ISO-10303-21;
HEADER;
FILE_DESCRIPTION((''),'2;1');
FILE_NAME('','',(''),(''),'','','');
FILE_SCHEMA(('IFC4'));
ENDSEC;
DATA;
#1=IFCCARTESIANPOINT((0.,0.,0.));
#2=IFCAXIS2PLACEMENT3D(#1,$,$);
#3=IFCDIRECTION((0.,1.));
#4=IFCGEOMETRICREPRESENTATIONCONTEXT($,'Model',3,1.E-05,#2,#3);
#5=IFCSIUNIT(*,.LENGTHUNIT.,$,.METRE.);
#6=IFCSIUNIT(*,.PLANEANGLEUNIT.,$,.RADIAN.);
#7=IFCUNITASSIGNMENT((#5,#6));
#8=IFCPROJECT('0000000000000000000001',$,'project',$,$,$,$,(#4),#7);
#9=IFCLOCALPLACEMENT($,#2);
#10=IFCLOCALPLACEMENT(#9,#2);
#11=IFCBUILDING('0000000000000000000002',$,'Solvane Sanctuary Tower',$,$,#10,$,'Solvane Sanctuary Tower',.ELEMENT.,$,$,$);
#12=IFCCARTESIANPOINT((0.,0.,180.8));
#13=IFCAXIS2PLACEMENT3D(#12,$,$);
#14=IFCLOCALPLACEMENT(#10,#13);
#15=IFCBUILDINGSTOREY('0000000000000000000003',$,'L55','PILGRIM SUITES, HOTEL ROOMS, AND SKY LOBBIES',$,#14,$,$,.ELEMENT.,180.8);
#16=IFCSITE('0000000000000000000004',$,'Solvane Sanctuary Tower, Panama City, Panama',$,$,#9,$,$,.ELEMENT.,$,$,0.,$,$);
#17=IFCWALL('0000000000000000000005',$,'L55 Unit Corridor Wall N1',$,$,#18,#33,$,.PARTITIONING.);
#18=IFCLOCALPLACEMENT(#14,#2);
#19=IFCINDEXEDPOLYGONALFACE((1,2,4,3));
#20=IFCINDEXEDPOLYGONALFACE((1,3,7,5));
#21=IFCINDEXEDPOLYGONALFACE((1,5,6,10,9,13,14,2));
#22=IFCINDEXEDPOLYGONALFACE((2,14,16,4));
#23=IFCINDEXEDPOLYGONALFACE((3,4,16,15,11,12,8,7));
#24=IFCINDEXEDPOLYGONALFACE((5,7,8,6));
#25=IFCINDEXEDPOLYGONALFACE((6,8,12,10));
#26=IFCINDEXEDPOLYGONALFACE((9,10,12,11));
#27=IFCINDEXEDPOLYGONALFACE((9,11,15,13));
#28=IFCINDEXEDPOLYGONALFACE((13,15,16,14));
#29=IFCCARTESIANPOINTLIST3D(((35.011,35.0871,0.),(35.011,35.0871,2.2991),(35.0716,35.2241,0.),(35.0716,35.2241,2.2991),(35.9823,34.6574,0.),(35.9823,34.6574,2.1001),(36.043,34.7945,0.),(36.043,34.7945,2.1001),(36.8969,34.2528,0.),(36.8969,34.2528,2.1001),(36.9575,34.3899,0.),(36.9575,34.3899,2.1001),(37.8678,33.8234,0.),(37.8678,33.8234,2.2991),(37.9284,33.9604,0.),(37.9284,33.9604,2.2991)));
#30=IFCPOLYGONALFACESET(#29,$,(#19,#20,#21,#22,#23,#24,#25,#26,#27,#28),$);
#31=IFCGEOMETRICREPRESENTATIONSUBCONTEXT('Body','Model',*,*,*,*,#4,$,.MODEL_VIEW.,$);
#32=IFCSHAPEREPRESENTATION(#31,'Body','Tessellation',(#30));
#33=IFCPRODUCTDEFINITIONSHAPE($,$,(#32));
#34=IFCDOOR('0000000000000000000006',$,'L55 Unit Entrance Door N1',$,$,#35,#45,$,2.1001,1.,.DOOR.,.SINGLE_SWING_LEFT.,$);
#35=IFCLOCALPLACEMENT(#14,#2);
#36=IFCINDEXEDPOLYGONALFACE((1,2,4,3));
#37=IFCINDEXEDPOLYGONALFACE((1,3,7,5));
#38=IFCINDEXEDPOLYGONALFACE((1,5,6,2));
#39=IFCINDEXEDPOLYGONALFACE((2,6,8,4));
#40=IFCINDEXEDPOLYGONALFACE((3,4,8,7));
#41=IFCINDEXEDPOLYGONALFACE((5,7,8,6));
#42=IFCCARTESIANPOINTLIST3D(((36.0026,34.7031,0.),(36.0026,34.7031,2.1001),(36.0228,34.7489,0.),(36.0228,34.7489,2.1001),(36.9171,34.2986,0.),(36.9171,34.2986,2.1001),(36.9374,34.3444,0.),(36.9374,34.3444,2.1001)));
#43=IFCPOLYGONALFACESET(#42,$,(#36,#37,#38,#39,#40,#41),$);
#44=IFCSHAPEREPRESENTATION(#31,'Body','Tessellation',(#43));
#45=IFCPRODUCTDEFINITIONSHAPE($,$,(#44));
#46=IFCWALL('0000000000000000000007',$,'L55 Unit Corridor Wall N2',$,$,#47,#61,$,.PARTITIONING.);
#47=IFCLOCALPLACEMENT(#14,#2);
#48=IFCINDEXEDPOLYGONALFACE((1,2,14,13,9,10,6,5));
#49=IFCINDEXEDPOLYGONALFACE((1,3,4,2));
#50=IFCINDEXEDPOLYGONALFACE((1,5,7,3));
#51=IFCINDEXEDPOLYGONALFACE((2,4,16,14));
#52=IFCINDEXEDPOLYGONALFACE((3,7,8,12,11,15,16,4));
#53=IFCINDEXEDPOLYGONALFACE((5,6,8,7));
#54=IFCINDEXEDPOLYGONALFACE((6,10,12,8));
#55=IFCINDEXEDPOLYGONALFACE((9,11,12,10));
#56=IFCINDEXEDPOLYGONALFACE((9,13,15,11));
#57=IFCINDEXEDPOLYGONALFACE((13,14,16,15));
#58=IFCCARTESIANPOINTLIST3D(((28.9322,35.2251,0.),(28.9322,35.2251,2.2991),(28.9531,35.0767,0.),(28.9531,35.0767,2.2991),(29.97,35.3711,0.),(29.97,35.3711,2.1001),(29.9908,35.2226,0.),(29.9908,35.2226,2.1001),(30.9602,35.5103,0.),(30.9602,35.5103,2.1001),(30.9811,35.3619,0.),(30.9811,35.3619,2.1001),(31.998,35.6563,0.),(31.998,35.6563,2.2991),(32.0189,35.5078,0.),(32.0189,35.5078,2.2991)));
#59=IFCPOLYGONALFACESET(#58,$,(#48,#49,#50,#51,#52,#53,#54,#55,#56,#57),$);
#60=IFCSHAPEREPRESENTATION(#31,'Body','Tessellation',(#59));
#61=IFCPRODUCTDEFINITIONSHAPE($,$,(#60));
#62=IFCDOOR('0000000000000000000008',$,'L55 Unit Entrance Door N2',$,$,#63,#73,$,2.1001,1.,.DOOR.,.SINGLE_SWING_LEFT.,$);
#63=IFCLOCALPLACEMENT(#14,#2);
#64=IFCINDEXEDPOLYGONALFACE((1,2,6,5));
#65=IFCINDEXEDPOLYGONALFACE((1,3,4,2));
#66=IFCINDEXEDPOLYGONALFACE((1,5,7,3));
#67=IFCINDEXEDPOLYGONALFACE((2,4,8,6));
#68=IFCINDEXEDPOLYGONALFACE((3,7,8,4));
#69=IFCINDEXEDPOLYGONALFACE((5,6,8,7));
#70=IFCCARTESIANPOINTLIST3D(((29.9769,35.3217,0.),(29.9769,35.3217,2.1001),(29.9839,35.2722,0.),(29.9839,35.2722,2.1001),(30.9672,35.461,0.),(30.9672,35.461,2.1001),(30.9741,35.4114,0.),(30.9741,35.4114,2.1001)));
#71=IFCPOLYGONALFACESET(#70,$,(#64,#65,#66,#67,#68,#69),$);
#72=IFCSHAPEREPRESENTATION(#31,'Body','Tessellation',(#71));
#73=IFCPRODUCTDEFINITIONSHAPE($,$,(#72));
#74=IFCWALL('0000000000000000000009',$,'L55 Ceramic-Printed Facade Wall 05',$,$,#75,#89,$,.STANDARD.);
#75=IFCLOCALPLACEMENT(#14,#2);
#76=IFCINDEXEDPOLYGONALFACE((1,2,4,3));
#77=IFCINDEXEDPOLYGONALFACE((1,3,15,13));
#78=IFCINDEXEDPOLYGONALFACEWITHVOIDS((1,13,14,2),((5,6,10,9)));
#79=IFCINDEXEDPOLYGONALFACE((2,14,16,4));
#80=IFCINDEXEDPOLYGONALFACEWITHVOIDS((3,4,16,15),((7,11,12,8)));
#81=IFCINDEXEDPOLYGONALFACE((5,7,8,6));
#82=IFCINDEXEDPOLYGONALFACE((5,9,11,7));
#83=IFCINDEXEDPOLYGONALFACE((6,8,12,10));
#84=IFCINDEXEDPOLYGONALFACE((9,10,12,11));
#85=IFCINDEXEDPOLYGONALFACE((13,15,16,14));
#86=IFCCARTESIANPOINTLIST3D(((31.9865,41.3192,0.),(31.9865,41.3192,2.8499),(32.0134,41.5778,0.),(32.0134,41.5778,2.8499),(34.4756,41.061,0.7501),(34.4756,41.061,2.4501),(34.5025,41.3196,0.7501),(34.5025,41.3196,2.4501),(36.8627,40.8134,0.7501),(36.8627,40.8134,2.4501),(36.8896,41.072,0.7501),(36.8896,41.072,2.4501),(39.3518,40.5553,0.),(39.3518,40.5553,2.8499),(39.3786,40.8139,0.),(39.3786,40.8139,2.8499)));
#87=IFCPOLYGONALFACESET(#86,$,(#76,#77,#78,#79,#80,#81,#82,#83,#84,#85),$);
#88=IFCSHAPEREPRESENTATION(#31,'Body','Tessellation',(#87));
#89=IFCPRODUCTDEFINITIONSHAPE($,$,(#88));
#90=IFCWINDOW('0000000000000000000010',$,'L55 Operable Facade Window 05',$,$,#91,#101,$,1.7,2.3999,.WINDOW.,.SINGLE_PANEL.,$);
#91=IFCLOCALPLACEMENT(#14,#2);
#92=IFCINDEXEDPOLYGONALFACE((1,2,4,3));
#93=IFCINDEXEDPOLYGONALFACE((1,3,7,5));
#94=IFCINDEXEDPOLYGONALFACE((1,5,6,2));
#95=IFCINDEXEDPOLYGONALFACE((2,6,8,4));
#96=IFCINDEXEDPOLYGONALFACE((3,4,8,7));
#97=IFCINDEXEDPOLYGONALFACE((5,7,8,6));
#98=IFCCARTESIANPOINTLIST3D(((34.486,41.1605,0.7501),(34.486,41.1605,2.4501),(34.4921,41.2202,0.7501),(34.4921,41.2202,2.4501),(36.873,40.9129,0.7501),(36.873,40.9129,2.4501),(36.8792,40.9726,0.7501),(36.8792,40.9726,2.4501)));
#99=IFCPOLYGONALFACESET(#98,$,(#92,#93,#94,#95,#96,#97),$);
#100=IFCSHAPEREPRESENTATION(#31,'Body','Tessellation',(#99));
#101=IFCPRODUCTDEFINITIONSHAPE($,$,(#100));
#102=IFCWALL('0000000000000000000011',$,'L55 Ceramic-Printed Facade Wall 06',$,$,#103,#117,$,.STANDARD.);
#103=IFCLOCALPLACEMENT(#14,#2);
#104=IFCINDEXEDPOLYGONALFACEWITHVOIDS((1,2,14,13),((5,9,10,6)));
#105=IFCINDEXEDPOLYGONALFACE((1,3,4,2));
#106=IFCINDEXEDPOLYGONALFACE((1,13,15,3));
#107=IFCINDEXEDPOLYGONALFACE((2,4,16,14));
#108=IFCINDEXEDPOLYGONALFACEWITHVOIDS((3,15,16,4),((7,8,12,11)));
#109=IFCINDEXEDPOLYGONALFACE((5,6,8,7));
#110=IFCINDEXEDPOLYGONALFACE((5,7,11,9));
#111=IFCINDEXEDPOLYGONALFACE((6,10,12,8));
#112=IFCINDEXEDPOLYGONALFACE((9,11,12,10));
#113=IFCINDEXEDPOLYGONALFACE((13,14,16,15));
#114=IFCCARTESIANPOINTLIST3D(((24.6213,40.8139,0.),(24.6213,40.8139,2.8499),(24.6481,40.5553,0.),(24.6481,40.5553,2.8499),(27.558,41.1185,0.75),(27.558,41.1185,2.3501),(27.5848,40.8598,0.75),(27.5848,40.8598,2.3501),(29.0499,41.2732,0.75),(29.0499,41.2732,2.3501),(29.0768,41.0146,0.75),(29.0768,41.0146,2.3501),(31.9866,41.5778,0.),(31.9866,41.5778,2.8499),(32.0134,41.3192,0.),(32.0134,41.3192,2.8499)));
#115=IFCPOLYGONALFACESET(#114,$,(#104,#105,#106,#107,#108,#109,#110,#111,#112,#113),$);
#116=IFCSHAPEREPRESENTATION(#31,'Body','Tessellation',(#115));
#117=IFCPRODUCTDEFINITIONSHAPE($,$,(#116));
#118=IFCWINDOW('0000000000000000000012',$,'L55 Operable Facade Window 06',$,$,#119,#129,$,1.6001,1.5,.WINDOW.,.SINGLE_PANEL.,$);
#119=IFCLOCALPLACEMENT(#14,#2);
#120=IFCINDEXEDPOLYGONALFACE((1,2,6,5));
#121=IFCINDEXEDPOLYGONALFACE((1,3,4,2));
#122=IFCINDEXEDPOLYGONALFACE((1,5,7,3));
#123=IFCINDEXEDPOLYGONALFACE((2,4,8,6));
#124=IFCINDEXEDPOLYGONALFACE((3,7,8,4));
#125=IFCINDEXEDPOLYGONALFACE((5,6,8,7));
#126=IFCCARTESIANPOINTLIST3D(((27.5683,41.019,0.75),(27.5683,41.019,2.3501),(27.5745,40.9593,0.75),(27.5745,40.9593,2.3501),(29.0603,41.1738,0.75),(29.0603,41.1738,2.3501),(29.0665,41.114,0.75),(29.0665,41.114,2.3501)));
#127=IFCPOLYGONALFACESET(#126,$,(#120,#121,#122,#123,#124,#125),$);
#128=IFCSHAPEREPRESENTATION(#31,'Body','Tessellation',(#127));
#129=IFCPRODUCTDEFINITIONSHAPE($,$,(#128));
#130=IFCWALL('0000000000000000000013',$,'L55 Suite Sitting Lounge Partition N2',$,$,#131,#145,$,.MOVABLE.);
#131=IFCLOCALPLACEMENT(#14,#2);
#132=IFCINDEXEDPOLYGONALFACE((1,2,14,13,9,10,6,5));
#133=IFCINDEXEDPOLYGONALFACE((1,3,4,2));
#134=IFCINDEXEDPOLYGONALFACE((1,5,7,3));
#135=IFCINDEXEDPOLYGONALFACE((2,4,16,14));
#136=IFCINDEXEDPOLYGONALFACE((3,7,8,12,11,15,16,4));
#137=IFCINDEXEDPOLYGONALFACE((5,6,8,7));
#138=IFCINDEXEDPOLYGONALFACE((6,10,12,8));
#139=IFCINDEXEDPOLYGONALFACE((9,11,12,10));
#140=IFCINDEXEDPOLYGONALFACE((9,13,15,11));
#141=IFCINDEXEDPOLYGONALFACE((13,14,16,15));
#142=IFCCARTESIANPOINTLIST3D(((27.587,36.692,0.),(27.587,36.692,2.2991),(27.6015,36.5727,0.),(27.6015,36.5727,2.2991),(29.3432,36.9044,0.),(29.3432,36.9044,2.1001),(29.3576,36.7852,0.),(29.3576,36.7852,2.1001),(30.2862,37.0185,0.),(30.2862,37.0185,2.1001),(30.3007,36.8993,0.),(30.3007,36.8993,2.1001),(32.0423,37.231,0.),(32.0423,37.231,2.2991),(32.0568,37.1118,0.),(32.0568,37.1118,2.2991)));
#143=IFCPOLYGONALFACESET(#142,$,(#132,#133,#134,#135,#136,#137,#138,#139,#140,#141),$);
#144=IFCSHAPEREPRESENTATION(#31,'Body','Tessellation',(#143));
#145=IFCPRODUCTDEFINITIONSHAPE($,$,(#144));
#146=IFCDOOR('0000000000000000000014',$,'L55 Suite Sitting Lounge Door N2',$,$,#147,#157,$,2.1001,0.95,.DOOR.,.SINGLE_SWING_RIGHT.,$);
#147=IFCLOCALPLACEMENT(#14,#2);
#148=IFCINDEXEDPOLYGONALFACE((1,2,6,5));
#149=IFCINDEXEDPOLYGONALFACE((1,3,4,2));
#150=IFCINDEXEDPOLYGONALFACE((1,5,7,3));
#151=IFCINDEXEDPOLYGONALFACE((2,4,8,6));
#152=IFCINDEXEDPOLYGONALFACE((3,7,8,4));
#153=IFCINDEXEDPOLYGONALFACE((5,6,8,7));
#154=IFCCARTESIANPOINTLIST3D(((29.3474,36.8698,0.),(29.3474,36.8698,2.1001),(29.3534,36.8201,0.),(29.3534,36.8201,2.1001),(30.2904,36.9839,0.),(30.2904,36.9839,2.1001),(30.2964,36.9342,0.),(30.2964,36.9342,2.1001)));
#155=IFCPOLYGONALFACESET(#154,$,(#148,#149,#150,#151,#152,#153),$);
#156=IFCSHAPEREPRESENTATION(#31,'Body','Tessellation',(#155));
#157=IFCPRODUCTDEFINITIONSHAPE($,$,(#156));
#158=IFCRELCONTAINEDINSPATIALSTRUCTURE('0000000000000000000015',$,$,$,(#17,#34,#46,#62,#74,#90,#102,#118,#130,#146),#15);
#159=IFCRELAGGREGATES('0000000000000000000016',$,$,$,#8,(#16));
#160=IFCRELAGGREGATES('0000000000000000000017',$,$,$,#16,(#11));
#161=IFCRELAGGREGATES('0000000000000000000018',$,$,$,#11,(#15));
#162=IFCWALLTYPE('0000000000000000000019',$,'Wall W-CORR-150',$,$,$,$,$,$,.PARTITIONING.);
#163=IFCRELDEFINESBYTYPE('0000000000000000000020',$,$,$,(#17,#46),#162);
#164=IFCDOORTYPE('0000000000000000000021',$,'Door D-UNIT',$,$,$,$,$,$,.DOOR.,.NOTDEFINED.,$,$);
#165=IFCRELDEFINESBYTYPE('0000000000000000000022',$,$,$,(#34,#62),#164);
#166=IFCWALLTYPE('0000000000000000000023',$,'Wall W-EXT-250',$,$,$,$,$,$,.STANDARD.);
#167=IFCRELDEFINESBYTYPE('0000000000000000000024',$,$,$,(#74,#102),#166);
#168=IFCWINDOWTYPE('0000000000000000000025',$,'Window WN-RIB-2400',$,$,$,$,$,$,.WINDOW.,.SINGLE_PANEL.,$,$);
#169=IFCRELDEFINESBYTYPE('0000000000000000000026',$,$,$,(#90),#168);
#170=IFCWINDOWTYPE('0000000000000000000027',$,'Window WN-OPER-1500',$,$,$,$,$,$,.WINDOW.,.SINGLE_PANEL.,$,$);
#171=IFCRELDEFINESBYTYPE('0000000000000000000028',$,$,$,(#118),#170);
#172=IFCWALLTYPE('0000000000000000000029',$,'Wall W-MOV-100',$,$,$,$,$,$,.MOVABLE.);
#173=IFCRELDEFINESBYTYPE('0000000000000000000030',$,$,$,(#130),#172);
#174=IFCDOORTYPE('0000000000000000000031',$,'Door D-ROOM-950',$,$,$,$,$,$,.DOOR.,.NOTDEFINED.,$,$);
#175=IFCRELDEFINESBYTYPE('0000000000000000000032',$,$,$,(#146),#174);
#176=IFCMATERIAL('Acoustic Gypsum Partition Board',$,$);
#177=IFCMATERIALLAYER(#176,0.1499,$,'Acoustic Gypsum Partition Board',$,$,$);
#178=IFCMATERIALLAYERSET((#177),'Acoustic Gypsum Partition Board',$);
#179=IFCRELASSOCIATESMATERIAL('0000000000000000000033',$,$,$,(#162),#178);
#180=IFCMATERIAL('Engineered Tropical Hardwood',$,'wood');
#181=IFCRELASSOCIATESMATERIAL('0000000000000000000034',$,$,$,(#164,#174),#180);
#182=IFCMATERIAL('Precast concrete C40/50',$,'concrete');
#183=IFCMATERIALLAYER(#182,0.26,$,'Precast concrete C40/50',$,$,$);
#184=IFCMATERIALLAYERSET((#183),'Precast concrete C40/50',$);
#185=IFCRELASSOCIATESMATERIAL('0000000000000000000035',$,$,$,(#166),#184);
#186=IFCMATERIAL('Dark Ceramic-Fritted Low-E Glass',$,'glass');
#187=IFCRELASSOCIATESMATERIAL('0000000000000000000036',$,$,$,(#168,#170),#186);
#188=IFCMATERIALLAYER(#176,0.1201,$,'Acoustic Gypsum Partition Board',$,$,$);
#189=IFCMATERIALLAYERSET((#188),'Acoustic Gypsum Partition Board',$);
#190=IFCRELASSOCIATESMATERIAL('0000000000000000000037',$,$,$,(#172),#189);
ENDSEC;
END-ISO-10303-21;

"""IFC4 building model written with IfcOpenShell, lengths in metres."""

from ifc_helpers import new_model, si_unit, direction, frame, frame_2d, origin, place, context, subcontext, project, spatial, rectangle, extrude, material, layer, layer_set, type_object, element, fill, save


model = new_model("IFC4")

# Units and contexts
model_context = context("Model", 3, precision=1e-05, world=origin(), true_north=direction((0.0, 1.0)))
body_context = subcontext(model_context, "Body", "Model", "MODEL_VIEW")
ifc_project = project(units=[si_unit("LENGTHUNIT", "METRE"), si_unit("PLANEANGLEUNIT", "RADIAN")], contexts=[model_context])

# Site, building, storey
site_placement = place(None, origin())
site = spatial("IfcSite", under=ifc_project, at=site_placement, Name="Solvane Sanctuary Tower, Panama City, Panama", CompositionType="ELEMENT", RefElevation=0.0)
building_placement = place(site_placement, origin())
building = spatial("IfcBuilding", under=site, at=building_placement, Name="Solvane Sanctuary Tower", LongName="Solvane Sanctuary Tower", CompositionType="ELEMENT")
storey_placement = place(building_placement, frame((0.0, 0.0, 180.8)))
storey = spatial("IfcBuildingStorey", under=building, at=storey_placement, Name="L55", Description="PILGRIM SUITES, HOTEL ROOMS, AND SKY LOBBIES", CompositionType="ELEMENT", Elevation=180.8)

# Shared definitions
ifc_material_1 = material(Name="Acoustic Gypsum Partition Board")
ifc_layer_1 = layer(ifc_material_1, 0.1499, Name="Acoustic Gypsum Partition Board")
ifc_layer_set_1 = layer_set([ifc_layer_1], Name="Acoustic Gypsum Partition Board")
wall_type_1 = type_object("IfcWallType", Name="Wall W-CORR-150", PredefinedType="PARTITIONING", material=ifc_layer_set_1)

# Shared definitions
ifc_material_2 = material(Name="Engineered Tropical Hardwood", Category="wood")

# Walls, openings, doors
wall_1_placement = place(storey_placement, frame((37.8982, 33.8918, 0.0), z_axis=(0.0, 0.0, 1.0), x_axis=(-0.914519, 0.404542, 0.0)))
wall_1 = element("IfcWall", 1, at=wall_1_placement, inside=storey, type_object=wall_type_1, Name="L55 Unit Corridor Wall N1", PredefinedType="PARTITIONING", context=body_context, shape_type="SweptSolid", body=[
    extrude(rectangle(XDim=3.1238, YDim=0.1499, at=frame_2d((1.562, 0.0))), origin(), (0.0, 0.0, 1.0), 2.2991),
])
opening_1_placement = place(wall_1_placement, frame((1.0618, 0.0, 0.0)))
opening_1 = element("IfcOpeningElement", 2, at=opening_1_placement, cuts=wall_1, PredefinedType="OPENING", context=body_context, shape_type="SweptSolid", body=[
    extrude(rectangle(XDim=1.0, YDim=2.1001, at=frame_2d((0.5, 1.05))), frame((0.0, 0.085, 0.0), z_axis=(0.0, -1.0, 0.0), x_axis=(1.0, 0.0, 0.0)), (0.0, 0.0, 1.0), 0.1699),
])
door_type_1 = type_object("IfcDoorType", Name="Door D-UNIT", OperationType="NOTDEFINED", PredefinedType="DOOR", material=ifc_material_2)
door_1_placement = place(opening_1_placement, origin())
door_1 = element("IfcDoor", 3, at=door_1_placement, inside=storey, type_object=door_type_1, Name="L55 Unit Entrance Door N1", OperationType="SINGLE_SWING_LEFT", OverallHeight=2.1001, OverallWidth=1.0, PredefinedType="DOOR", context=body_context, shape_type="SweptSolid", body=[
    extrude(rectangle(XDim=1.0, YDim=2.1001, at=frame_2d((0.5, 1.05))), frame((0.0, 0.0249, 0.0), z_axis=(0.0, -1.0, 0.0), x_axis=(1.0, 0.0, 0.0)), (0.0, 0.0, 1.0), 0.05),
])
fill(opening_1, door_1)
wall_2_placement = place(storey_placement, frame((32.0083, 35.582, 0.0), z_axis=(0.0, 0.0, 1.0), x_axis=(-0.990255, -0.139268, 0.0)))
wall_2 = element("IfcWall", 4, at=wall_2_placement, inside=storey, type_object=wall_type_1, Name="L55 Unit Corridor Wall N2", PredefinedType="PARTITIONING", context=body_context, shape_type="SweptSolid", body=[
    extrude(rectangle(XDim=3.0959, YDim=0.1499, at=frame_2d((1.5479, 0.0))), origin(), (0.0, 0.0, 1.0), 2.2991),
])
opening_2_placement = place(wall_2_placement, frame((1.0479, 0.0, 0.0)))
opening_2 = element("IfcOpeningElement", 5, at=opening_2_placement, cuts=wall_2, PredefinedType="OPENING", context=body_context, shape_type="SweptSolid", body=[
    extrude(rectangle(XDim=1.0, YDim=2.1001, at=frame_2d((0.5, 1.05))), frame((0.0, 0.085, 0.0), z_axis=(0.0, -1.0, 0.0), x_axis=(1.0, 0.0, 0.0)), (0.0, 0.0, 1.0), 0.1699),
])
door_2_placement = place(opening_2_placement, origin())
door_2 = element("IfcDoor", 6, at=door_2_placement, inside=storey, type_object=door_type_1, Name="L55 Unit Entrance Door N2", OperationType="SINGLE_SWING_LEFT", OverallHeight=2.1001, OverallWidth=1.0, PredefinedType="DOOR", context=body_context, shape_type="SweptSolid", body=[
    extrude(rectangle(XDim=1.0, YDim=2.1001, at=frame_2d((0.5, 1.05))), frame((0.0, 0.0249, 0.0), z_axis=(0.0, -1.0, 0.0), x_axis=(1.0, 0.0, 0.0)), (0.0, 0.0, 1.0), 0.05),
])
fill(opening_2, door_2)

# Walls, openings, windows
ifc_material_3 = material(Name="Precast concrete C40/50", Category="concrete")
ifc_layer_2 = layer(ifc_material_3, 0.26, Name="Precast concrete C40/50")
ifc_layer_set_2 = layer_set([ifc_layer_2], Name="Precast concrete C40/50")
wall_type_2 = type_object("IfcWallType", Name="Wall W-EXT-250", PredefinedType="STANDARD", material=ifc_layer_set_2)
wall_3_placement = place(storey_placement, frame((39.3652, 40.6846, 0.0), z_axis=(0.0, 0.0, 1.0), x_axis=(-0.994664, 0.103166, 0.0)))
wall_3 = element("IfcWall", 7, at=wall_3_placement, inside=storey, type_object=wall_type_2, Name="L55 Ceramic-Printed Facade Wall 05", PredefinedType="STANDARD", context=body_context, shape_type="SweptSolid", body=[
    extrude(rectangle(XDim=7.4048, YDim=0.26, at=frame_2d((3.7024, 0.0))), origin(), (0.0, 0.0, 1.0), 2.8499),
])
opening_3_placement = place(wall_3_placement, frame((2.5024, 0.0, 0.75)))
opening_3 = element("IfcOpeningElement", 8, at=opening_3_placement, cuts=wall_3, PredefinedType="OPENING", context=body_context, shape_type="SweptSolid", body=[
    extrude(rectangle(XDim=2.3999, YDim=1.7, at=frame_2d((1.2, 0.8501))), frame((0.0, 0.1399, 0.0), z_axis=(0.0, -1.0, 0.0), x_axis=(1.0, 0.0, 0.0)), (0.0, 0.0, 1.0), 0.28),
])
ifc_material_4 = material(Name="Dark Ceramic-Fritted Low-E Glass", Category="glass")
window_type_1 = type_object("IfcWindowType", Name="Window WN-RIB-2400", PartitioningType="SINGLE_PANEL", PredefinedType="WINDOW", material=ifc_material_4)
window_1_placement = place(opening_3_placement, origin())
window_1 = element("IfcWindow", 9, at=window_1_placement, inside=storey, type_object=window_type_1, Name="L55 Operable Facade Window 05", OverallHeight=1.7, OverallWidth=2.3999, PartitioningType="SINGLE_PANEL", PredefinedType="WINDOW", context=body_context, shape_type="SweptSolid", body=[
    extrude(rectangle(XDim=2.3999, YDim=1.7, at=frame_2d((1.2, 0.8501))), frame((0.0, 0.03, 0.0), z_axis=(0.0, -1.0, 0.0), x_axis=(1.0, 0.0, 0.0)), (0.0, 0.0, 1.0), 0.0601),
])
fill(opening_3, window_1)
wall_4_placement = place(storey_placement, frame((32.0, 41.4485, 0.0), z_axis=(0.0, 0.0, 1.0), x_axis=(-0.994664, -0.103166, 0.0)))
wall_4 = element("IfcWall", 10, at=wall_4_placement, inside=storey, type_object=wall_type_2, Name="L55 Ceramic-Printed Facade Wall 06", PredefinedType="STANDARD", context=body_context, shape_type="SweptSolid", body=[
    extrude(rectangle(XDim=7.4048, YDim=0.26, at=frame_2d((3.7024, 0.0))), origin(), (0.0, 0.0, 1.0), 2.8499),
])
opening_4_placement = place(wall_4_placement, frame((2.9524, 0.0, 0.75)))
opening_4 = element("IfcOpeningElement", 11, at=opening_4_placement, cuts=wall_4, PredefinedType="OPENING", context=body_context, shape_type="SweptSolid", body=[
    extrude(rectangle(XDim=1.5, YDim=1.6001, at=frame_2d((0.75, 0.8))), frame((0.0, 0.1399, 0.0), z_axis=(0.0, -1.0, 0.0), x_axis=(1.0, 0.0, 0.0)), (0.0, 0.0, 1.0), 0.28),
])
window_type_2 = type_object("IfcWindowType", Name="Window WN-OPER-1500", PartitioningType="SINGLE_PANEL", PredefinedType="WINDOW", material=ifc_material_4)
window_2_placement = place(opening_4_placement, origin())
window_2 = element("IfcWindow", 12, at=window_2_placement, inside=storey, type_object=window_type_2, Name="L55 Operable Facade Window 06", OverallHeight=1.6001, OverallWidth=1.5, PartitioningType="SINGLE_PANEL", PredefinedType="WINDOW", context=body_context, shape_type="SweptSolid", body=[
    extrude(rectangle(XDim=1.5, YDim=1.6001, at=frame_2d((0.75, 0.8))), frame((0.0, 0.03, 0.0), z_axis=(0.0, -1.0, 0.0), x_axis=(1.0, 0.0, 0.0)), (0.0, 0.0, 1.0), 0.0601),
])
fill(opening_4, window_2)

# Wall, opening, door
ifc_layer_3 = layer(ifc_material_1, 0.1201, Name="Acoustic Gypsum Partition Board")
ifc_layer_set_3 = layer_set([ifc_layer_3], Name="Acoustic Gypsum Partition Board")
wall_type_3 = type_object("IfcWallType", Name="Wall W-MOV-100", PredefinedType="MOVABLE", material=ifc_layer_set_3)
wall_5_placement = place(storey_placement, frame((32.0496, 37.1714, 0.0), z_axis=(0.0, 0.0, 1.0), x_axis=(-0.99276, -0.120117, 0.0)))
wall_5 = element("IfcWall", 13, at=wall_5_placement, inside=storey, type_object=wall_type_3, Name="L55 Suite Sitting Lounge Partition N2", PredefinedType="MOVABLE", context=body_context, shape_type="SweptSolid", body=[
    extrude(rectangle(XDim=4.4878, YDim=0.1201, at=frame_2d((2.2439, 0.0))), origin(), (0.0, 0.0, 1.0), 2.2991),
])
opening_5_placement = place(wall_5_placement, frame((1.7688, 0.0, 0.0)))
opening_5 = element("IfcOpeningElement", 14, at=opening_5_placement, cuts=wall_5, PredefinedType="OPENING", context=body_context, shape_type="SweptSolid", body=[
    extrude(rectangle(XDim=0.95, YDim=2.1001, at=frame_2d((0.4751, 1.05))), frame((0.0, 0.0701, 0.0), z_axis=(0.0, -1.0, 0.0), x_axis=(1.0, 0.0, 0.0)), (0.0, 0.0, 1.0), 0.1401),
])
door_type_2 = type_object("IfcDoorType", Name="Door D-ROOM-950", OperationType="NOTDEFINED", PredefinedType="DOOR", material=ifc_material_2)
door_3_placement = place(opening_5_placement, origin())
door_3 = element("IfcDoor", 15, at=door_3_placement, inside=storey, type_object=door_type_2, Name="L55 Suite Sitting Lounge Door N2", OperationType="SINGLE_SWING_RIGHT", OverallHeight=2.1001, OverallWidth=0.95, PredefinedType="DOOR", context=body_context, shape_type="SweptSolid", body=[
    extrude(rectangle(XDim=0.95, YDim=2.1001, at=frame_2d((0.4751, 1.05))), frame((0.0, 0.0249, 0.0), z_axis=(0.0, -1.0, 0.0), x_axis=(1.0, 0.0, 0.0)), (0.0, 0.0, 1.0), 0.05),
])
fill(opening_5, door_3)

save(model, "model.ifc")
